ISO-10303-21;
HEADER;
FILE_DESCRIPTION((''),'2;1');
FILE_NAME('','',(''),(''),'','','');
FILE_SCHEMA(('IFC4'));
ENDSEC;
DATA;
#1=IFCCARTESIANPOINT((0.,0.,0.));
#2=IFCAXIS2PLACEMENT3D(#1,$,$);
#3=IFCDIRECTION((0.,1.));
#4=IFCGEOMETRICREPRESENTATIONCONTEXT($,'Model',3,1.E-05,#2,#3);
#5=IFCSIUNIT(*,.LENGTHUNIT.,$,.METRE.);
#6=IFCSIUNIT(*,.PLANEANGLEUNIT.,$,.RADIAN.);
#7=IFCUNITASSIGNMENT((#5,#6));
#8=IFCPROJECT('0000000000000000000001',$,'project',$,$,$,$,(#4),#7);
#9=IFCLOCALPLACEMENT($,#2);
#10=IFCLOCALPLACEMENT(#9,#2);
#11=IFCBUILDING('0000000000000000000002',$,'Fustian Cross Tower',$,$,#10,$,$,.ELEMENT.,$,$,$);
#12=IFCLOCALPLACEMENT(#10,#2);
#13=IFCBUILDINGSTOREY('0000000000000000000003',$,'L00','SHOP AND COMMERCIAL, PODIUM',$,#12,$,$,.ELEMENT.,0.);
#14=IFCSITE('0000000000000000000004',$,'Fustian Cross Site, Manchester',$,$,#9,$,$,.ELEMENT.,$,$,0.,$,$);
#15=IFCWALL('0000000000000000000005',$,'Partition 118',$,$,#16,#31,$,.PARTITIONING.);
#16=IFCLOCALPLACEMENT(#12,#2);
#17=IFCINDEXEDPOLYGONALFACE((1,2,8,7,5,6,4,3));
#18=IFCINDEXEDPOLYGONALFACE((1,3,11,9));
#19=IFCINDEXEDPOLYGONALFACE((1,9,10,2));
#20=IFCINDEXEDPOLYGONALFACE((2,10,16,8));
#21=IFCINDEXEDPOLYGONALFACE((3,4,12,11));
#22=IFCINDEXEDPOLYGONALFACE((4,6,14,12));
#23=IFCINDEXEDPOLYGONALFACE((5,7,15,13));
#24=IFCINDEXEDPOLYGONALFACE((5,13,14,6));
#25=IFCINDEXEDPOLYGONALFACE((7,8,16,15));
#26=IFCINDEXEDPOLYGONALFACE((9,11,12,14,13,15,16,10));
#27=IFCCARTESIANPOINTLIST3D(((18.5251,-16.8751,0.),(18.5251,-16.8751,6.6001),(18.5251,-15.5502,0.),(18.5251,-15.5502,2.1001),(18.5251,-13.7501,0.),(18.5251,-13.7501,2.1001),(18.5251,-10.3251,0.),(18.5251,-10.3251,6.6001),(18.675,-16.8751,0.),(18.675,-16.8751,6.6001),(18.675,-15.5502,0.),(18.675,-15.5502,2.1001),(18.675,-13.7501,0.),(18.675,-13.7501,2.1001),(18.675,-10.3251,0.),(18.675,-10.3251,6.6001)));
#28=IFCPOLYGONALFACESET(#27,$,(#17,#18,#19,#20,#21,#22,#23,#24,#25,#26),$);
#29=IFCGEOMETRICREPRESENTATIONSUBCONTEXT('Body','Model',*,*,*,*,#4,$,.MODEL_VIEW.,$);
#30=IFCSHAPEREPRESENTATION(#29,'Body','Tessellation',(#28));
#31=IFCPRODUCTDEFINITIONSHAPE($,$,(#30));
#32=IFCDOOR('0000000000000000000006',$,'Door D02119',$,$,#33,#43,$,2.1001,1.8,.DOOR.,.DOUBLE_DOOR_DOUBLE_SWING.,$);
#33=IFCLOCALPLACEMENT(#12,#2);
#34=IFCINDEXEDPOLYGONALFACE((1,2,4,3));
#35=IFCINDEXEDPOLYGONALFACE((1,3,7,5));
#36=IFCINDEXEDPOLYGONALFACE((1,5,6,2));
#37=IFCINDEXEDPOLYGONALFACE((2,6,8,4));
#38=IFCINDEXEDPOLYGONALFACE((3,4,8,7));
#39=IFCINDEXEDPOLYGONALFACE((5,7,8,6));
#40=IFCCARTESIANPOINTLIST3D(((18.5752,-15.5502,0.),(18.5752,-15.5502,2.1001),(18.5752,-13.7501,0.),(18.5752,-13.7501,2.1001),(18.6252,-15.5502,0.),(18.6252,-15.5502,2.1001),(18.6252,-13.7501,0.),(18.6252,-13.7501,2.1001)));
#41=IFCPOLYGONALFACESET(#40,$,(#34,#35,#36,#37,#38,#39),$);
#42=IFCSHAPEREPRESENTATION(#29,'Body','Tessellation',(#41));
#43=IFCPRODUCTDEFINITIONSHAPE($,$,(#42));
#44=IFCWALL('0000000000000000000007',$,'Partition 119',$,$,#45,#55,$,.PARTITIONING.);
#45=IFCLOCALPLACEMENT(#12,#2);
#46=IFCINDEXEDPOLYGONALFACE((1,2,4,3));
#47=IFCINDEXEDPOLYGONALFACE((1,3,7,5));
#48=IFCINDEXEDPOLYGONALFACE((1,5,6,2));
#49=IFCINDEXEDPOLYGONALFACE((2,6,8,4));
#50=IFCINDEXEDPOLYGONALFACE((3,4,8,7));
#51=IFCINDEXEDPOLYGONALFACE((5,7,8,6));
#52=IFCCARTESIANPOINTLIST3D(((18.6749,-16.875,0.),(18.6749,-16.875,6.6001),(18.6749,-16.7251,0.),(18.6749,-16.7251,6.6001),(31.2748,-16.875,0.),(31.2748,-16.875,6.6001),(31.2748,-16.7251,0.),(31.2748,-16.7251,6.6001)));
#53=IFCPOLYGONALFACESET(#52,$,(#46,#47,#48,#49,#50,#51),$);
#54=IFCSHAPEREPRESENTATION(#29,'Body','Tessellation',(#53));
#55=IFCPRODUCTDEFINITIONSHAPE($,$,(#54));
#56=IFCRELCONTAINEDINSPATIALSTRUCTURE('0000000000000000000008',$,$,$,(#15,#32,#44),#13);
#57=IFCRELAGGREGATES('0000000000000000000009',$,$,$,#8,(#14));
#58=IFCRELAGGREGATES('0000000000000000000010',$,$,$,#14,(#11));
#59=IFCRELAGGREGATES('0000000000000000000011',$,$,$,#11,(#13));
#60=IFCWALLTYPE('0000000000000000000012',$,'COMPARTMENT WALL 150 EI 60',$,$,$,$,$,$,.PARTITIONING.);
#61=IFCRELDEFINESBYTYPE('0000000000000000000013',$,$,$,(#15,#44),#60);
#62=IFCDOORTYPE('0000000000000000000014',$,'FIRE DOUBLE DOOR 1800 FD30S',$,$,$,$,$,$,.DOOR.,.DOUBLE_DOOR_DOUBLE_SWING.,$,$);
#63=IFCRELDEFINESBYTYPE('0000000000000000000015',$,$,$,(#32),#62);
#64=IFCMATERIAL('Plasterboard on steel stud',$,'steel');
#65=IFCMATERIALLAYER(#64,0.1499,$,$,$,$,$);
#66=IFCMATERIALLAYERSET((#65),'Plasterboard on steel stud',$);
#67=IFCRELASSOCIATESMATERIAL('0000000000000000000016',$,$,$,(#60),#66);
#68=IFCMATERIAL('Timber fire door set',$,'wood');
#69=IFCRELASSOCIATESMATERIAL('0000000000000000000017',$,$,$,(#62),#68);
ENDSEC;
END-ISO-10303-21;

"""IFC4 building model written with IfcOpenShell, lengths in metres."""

from ifc_helpers import new_model, si_unit, direction, frame, frame_2d, origin, place, context, subcontext, project, spatial, rectangle, extrude, material, layer, layer_set, type_object, element, fill, save


model = new_model("IFC4")

# Units and contexts
model_context = context("Model", 3, precision=1e-05, world=origin(), true_north=direction((0.0, 1.0)))
body_context = subcontext(model_context, "Body", "Model", "MODEL_VIEW")
ifc_project = project(units=[si_unit("LENGTHUNIT", "METRE"), si_unit("PLANEANGLEUNIT", "RADIAN")], contexts=[model_context])

# Site, building, storey
site_placement = place(None, origin())
site = spatial("IfcSite", under=ifc_project, at=site_placement, Name="Fustian Cross Site, Manchester", CompositionType="ELEMENT", RefElevation=0.0)
building_placement = place(site_placement, origin())
building = spatial("IfcBuilding", under=site, at=building_placement, Name="Fustian Cross Tower", CompositionType="ELEMENT")
storey_placement = place(building_placement, origin())
storey = spatial("IfcBuildingStorey", under=building, at=storey_placement, Name="L00", Description="SHOP AND COMMERCIAL, PODIUM", CompositionType="ELEMENT", Elevation=0.0)

# Shared definitions
ifc_material_1 = material(Name="Plasterboard on steel stud", Category="steel")
ifc_layer = layer(ifc_material_1, 0.1499)
ifc_layer_set = layer_set([ifc_layer], Name="Plasterboard on steel stud")
wall_type = type_object("IfcWallType", Name="COMPARTMENT WALL 150 EI 60", PredefinedType="PARTITIONING", material=ifc_layer_set)
ifc_material_2 = material(Name="Timber fire door set", Category="wood")
door_type_1 = type_object("IfcDoorType", Name="FIRE DOUBLE DOOR 1800 FD30S", OperationType="DOUBLE_DOOR_DOUBLE_SWING", PredefinedType="DOOR", material=ifc_material_2)

# Wall, opening, door
wall_1_placement = place(storey_placement, frame((18.6001, -16.875, 0.0), z_axis=(0.0, 0.0, 1.0), x_axis=(0.0, 1.0, 0.0)))
wall_1 = element("IfcWall", 1, at=wall_1_placement, inside=storey, type_object=wall_type, Name="Partition 118", PredefinedType="PARTITIONING", context=body_context, shape_type="SweptSolid", body=[
    extrude(rectangle(XDim=6.55, YDim=0.1499, at=frame_2d((3.2749, 0.0))), origin(), (0.0, 0.0, 1.0), 6.6001),
])
opening_1_placement = place(wall_1_placement, frame((1.325, 0.0, 0.0)))
opening_1 = element("IfcOpeningElement", 2, at=opening_1_placement, cuts=wall_1, PredefinedType="OPENING", context=body_context, shape_type="SweptSolid", body=[
    extrude(rectangle(XDim=1.8, YDim=2.1001, at=frame_2d((0.8999, 1.05))), frame((0.0, 0.085, 0.0), z_axis=(0.0, -1.0, 0.0), x_axis=(1.0, 0.0, 0.0)), (0.0, 0.0, 1.0), 0.1699),
])
door_1_placement = place(opening_1_placement, origin())
door_1 = element("IfcDoor", 3, at=door_1_placement, inside=storey, type_object=door_type_1, Name="Door D02119", OperationType="DOUBLE_DOOR_DOUBLE_SWING", OverallHeight=2.1001, OverallWidth=1.8, PredefinedType="DOOR", context=body_context, shape_type="SweptSolid", body=[
    extrude(rectangle(XDim=1.8, YDim=2.1001, at=frame_2d((0.8999, 1.05))), frame((0.0, 0.0249, 0.0), z_axis=(0.0, -1.0, 0.0), x_axis=(1.0, 0.0, 0.0)), (0.0, 0.0, 1.0), 0.05),
])
fill(opening_1, door_1)

# Wall
wall_2_placement = place(storey_placement, frame((18.675, -16.8, 0.0), z_axis=(0.0, 0.0, 1.0), x_axis=(1.0, 0.0, 0.0)))
element("IfcWall", 4, at=wall_2_placement, inside=storey, type_object=wall_type, Name="Partition 119", PredefinedType="PARTITIONING", context=body_context, shape_type="SweptSolid", body=[
    extrude(rectangle(XDim=12.5999, YDim=0.1499, at=frame_2d((6.2998, 0.0))), origin(), (0.0, 0.0, 1.0), 6.6001),
])

save(model, "model.ifc")
